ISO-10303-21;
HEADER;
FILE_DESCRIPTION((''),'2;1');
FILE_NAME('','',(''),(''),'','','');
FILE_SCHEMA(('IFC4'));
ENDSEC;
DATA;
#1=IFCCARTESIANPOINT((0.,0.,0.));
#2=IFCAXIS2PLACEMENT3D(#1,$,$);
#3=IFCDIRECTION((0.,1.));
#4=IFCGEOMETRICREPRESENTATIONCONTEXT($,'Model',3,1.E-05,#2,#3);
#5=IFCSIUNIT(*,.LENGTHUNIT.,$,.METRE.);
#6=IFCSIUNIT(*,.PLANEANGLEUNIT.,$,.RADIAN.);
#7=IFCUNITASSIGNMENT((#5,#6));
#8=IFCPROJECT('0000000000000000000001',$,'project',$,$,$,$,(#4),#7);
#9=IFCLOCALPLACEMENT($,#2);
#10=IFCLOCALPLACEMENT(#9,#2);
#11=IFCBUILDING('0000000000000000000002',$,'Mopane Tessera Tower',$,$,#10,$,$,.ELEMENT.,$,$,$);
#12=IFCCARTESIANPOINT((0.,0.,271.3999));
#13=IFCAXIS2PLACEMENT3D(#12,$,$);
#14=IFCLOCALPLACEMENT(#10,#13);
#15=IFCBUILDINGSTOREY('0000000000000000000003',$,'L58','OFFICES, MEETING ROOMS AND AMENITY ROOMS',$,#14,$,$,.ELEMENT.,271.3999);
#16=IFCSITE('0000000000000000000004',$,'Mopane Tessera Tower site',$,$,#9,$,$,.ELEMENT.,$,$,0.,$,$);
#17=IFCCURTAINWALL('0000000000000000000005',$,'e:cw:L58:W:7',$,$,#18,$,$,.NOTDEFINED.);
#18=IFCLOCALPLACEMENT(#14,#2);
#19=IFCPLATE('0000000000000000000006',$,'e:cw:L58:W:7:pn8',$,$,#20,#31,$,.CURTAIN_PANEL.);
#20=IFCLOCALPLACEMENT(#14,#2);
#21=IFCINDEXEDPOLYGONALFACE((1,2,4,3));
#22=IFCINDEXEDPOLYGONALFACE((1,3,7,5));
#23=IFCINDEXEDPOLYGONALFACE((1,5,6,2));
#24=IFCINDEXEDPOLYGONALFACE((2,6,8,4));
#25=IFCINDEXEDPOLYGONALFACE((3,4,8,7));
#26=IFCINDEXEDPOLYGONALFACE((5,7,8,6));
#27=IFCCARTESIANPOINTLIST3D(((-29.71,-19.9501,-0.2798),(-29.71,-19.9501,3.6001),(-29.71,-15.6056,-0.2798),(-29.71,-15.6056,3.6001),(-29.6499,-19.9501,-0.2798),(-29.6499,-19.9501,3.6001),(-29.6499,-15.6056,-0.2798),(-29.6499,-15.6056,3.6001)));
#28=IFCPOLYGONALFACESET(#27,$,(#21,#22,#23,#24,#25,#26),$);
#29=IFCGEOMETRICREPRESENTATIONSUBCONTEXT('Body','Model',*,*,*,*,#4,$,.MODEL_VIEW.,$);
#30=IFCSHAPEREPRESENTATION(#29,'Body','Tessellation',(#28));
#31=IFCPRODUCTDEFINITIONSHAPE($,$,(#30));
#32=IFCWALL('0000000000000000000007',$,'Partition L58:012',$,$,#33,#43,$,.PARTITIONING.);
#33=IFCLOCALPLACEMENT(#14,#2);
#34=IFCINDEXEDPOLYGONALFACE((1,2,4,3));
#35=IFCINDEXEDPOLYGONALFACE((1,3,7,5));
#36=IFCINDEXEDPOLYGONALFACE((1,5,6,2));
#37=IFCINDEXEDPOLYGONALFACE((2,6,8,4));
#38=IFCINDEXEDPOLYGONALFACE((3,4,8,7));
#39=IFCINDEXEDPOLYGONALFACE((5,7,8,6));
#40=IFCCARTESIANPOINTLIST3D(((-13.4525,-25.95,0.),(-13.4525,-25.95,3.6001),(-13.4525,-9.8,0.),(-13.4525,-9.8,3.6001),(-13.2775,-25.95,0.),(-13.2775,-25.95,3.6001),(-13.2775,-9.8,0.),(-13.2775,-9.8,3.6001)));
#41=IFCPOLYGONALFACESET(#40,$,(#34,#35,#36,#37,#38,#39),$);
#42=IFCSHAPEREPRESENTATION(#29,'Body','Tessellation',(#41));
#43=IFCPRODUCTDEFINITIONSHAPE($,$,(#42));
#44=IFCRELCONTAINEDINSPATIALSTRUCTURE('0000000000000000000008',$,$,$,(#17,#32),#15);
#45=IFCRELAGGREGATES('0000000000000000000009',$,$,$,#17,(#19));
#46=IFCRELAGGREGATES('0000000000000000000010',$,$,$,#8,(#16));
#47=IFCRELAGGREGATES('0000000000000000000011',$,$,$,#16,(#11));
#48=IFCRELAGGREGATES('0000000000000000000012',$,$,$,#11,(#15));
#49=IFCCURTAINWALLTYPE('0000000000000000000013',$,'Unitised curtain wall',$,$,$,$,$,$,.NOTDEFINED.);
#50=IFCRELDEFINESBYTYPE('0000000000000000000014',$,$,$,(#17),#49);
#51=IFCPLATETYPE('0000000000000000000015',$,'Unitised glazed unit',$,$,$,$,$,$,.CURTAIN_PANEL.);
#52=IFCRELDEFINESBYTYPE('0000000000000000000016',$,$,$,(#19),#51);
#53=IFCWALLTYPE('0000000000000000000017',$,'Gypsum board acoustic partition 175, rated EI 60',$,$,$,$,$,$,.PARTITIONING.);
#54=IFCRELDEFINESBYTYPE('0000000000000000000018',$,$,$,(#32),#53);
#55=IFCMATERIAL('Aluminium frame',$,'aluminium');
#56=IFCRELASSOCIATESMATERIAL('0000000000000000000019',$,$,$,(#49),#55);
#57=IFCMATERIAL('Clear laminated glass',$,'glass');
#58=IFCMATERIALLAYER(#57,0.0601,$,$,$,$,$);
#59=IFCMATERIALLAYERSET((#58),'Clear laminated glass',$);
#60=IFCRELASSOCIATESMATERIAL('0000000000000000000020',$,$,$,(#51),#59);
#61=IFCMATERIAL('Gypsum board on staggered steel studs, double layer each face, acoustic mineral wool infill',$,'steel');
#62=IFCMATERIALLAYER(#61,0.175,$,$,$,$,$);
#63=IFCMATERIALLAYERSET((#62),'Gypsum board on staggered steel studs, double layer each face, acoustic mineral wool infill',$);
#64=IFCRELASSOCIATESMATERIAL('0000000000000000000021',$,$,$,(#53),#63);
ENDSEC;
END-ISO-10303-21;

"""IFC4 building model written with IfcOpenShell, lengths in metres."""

from ifc_helpers import new_model, si_unit, direction, frame, frame_2d, origin, origin_2d, place, context, subcontext, project, spatial, rectangle, extrude, material, layer, layer_set, type_object, element, aggregate, save


model = new_model("IFC4")

# Units and contexts
model_context = context("Model", 3, precision=1e-05, world=origin(), true_north=direction((0.0, 1.0)))
body_context = subcontext(model_context, "Body", "Model", "MODEL_VIEW")
ifc_project = project(units=[si_unit("LENGTHUNIT", "METRE"), si_unit("PLANEANGLEUNIT", "RADIAN")], contexts=[model_context])

# Site, building, storey
site_placement = place(None, origin())
site = spatial("IfcSite", under=ifc_project, at=site_placement, Name="Mopane Tessera Tower site", CompositionType="ELEMENT", RefElevation=0.0)
building_placement = place(site_placement, origin())
building = spatial("IfcBuilding", under=site, at=building_placement, Name="Mopane Tessera Tower", CompositionType="ELEMENT")
storey_placement = place(building_placement, frame((0.0, 0.0, 271.3999)))
storey = spatial("IfcBuildingStorey", under=building, at=storey_placement, Name="L58", Description="OFFICES, MEETING ROOMS AND AMENITY ROOMS", CompositionType="ELEMENT", Elevation=271.3999)

# Curtain wall
ifc_material_1 = material(Name="Aluminium frame", Category="aluminium")
curtain_wall_type = type_object("IfcCurtainWallType", Name="Unitised curtain wall", PredefinedType="NOTDEFINED", material=ifc_material_1)
curtain_wall_1_placement = place(storey_placement, origin())
curtain_wall_1 = element("IfcCurtainWall", 1, at=curtain_wall_1_placement, inside=storey, type_object=curtain_wall_type, Name="e:cw:L58:W:7", PredefinedType="NOTDEFINED")

# Plate
ifc_material_2 = material(Name="Clear laminated glass", Category="glass")
ifc_layer_1 = layer(ifc_material_2, 0.0601)
ifc_layer_set_1 = layer_set([ifc_layer_1], Name="Clear laminated glass")
plate_type = type_object("IfcPlateType", Name="Unitised glazed unit", PredefinedType="CURTAIN_PANEL", material=ifc_layer_set_1)
plate_1_placement = place(storey_placement, frame((-29.6799, -17.7778, -0.2798), z_axis=(0.0, 0.0, 1.0), x_axis=(0.0, -1.0, 0.0)))
plate_1 = element("IfcPlate", 2, at=plate_1_placement, type_object=plate_type, Name="e:cw:L58:W:7:pn8", PredefinedType="CURTAIN_PANEL", context=body_context, shape_type="SweptSolid", body=[
    extrude(rectangle(XDim=4.3445, YDim=0.0601, at=origin_2d()), origin(), (0.0, 0.0, 1.0), 3.8799),
])
aggregate(curtain_wall_1, [plate_1])

# Wall
ifc_material_3 = material(Name="Gypsum board on staggered steel studs, double layer each face, acoustic mineral wool infill", Category="steel")
ifc_layer_2 = layer(ifc_material_3, 0.175)
ifc_layer_set_2 = layer_set([ifc_layer_2], Name="Gypsum board on staggered steel studs, double layer each face, acoustic mineral wool infill")
wall_type = type_object("IfcWallType", Name="Gypsum board acoustic partition 175, rated EI 60", PredefinedType="PARTITIONING", material=ifc_layer_set_2)
wall_placement = place(storey_placement, frame((-13.365, -25.95, 0.0), z_axis=(0.0, 0.0, 1.0), x_axis=(0.0, 1.0, 0.0)))
element("IfcWall", 3, at=wall_placement, inside=storey, type_object=wall_type, Name="Partition L58:012", PredefinedType="PARTITIONING", context=body_context, shape_type="SweptSolid", body=[
    extrude(rectangle(XDim=16.1499, YDim=0.175, at=frame_2d((8.075, 0.0))), origin(), (0.0, 0.0, 1.0), 3.6001),
])

save(model, "model.ifc")
